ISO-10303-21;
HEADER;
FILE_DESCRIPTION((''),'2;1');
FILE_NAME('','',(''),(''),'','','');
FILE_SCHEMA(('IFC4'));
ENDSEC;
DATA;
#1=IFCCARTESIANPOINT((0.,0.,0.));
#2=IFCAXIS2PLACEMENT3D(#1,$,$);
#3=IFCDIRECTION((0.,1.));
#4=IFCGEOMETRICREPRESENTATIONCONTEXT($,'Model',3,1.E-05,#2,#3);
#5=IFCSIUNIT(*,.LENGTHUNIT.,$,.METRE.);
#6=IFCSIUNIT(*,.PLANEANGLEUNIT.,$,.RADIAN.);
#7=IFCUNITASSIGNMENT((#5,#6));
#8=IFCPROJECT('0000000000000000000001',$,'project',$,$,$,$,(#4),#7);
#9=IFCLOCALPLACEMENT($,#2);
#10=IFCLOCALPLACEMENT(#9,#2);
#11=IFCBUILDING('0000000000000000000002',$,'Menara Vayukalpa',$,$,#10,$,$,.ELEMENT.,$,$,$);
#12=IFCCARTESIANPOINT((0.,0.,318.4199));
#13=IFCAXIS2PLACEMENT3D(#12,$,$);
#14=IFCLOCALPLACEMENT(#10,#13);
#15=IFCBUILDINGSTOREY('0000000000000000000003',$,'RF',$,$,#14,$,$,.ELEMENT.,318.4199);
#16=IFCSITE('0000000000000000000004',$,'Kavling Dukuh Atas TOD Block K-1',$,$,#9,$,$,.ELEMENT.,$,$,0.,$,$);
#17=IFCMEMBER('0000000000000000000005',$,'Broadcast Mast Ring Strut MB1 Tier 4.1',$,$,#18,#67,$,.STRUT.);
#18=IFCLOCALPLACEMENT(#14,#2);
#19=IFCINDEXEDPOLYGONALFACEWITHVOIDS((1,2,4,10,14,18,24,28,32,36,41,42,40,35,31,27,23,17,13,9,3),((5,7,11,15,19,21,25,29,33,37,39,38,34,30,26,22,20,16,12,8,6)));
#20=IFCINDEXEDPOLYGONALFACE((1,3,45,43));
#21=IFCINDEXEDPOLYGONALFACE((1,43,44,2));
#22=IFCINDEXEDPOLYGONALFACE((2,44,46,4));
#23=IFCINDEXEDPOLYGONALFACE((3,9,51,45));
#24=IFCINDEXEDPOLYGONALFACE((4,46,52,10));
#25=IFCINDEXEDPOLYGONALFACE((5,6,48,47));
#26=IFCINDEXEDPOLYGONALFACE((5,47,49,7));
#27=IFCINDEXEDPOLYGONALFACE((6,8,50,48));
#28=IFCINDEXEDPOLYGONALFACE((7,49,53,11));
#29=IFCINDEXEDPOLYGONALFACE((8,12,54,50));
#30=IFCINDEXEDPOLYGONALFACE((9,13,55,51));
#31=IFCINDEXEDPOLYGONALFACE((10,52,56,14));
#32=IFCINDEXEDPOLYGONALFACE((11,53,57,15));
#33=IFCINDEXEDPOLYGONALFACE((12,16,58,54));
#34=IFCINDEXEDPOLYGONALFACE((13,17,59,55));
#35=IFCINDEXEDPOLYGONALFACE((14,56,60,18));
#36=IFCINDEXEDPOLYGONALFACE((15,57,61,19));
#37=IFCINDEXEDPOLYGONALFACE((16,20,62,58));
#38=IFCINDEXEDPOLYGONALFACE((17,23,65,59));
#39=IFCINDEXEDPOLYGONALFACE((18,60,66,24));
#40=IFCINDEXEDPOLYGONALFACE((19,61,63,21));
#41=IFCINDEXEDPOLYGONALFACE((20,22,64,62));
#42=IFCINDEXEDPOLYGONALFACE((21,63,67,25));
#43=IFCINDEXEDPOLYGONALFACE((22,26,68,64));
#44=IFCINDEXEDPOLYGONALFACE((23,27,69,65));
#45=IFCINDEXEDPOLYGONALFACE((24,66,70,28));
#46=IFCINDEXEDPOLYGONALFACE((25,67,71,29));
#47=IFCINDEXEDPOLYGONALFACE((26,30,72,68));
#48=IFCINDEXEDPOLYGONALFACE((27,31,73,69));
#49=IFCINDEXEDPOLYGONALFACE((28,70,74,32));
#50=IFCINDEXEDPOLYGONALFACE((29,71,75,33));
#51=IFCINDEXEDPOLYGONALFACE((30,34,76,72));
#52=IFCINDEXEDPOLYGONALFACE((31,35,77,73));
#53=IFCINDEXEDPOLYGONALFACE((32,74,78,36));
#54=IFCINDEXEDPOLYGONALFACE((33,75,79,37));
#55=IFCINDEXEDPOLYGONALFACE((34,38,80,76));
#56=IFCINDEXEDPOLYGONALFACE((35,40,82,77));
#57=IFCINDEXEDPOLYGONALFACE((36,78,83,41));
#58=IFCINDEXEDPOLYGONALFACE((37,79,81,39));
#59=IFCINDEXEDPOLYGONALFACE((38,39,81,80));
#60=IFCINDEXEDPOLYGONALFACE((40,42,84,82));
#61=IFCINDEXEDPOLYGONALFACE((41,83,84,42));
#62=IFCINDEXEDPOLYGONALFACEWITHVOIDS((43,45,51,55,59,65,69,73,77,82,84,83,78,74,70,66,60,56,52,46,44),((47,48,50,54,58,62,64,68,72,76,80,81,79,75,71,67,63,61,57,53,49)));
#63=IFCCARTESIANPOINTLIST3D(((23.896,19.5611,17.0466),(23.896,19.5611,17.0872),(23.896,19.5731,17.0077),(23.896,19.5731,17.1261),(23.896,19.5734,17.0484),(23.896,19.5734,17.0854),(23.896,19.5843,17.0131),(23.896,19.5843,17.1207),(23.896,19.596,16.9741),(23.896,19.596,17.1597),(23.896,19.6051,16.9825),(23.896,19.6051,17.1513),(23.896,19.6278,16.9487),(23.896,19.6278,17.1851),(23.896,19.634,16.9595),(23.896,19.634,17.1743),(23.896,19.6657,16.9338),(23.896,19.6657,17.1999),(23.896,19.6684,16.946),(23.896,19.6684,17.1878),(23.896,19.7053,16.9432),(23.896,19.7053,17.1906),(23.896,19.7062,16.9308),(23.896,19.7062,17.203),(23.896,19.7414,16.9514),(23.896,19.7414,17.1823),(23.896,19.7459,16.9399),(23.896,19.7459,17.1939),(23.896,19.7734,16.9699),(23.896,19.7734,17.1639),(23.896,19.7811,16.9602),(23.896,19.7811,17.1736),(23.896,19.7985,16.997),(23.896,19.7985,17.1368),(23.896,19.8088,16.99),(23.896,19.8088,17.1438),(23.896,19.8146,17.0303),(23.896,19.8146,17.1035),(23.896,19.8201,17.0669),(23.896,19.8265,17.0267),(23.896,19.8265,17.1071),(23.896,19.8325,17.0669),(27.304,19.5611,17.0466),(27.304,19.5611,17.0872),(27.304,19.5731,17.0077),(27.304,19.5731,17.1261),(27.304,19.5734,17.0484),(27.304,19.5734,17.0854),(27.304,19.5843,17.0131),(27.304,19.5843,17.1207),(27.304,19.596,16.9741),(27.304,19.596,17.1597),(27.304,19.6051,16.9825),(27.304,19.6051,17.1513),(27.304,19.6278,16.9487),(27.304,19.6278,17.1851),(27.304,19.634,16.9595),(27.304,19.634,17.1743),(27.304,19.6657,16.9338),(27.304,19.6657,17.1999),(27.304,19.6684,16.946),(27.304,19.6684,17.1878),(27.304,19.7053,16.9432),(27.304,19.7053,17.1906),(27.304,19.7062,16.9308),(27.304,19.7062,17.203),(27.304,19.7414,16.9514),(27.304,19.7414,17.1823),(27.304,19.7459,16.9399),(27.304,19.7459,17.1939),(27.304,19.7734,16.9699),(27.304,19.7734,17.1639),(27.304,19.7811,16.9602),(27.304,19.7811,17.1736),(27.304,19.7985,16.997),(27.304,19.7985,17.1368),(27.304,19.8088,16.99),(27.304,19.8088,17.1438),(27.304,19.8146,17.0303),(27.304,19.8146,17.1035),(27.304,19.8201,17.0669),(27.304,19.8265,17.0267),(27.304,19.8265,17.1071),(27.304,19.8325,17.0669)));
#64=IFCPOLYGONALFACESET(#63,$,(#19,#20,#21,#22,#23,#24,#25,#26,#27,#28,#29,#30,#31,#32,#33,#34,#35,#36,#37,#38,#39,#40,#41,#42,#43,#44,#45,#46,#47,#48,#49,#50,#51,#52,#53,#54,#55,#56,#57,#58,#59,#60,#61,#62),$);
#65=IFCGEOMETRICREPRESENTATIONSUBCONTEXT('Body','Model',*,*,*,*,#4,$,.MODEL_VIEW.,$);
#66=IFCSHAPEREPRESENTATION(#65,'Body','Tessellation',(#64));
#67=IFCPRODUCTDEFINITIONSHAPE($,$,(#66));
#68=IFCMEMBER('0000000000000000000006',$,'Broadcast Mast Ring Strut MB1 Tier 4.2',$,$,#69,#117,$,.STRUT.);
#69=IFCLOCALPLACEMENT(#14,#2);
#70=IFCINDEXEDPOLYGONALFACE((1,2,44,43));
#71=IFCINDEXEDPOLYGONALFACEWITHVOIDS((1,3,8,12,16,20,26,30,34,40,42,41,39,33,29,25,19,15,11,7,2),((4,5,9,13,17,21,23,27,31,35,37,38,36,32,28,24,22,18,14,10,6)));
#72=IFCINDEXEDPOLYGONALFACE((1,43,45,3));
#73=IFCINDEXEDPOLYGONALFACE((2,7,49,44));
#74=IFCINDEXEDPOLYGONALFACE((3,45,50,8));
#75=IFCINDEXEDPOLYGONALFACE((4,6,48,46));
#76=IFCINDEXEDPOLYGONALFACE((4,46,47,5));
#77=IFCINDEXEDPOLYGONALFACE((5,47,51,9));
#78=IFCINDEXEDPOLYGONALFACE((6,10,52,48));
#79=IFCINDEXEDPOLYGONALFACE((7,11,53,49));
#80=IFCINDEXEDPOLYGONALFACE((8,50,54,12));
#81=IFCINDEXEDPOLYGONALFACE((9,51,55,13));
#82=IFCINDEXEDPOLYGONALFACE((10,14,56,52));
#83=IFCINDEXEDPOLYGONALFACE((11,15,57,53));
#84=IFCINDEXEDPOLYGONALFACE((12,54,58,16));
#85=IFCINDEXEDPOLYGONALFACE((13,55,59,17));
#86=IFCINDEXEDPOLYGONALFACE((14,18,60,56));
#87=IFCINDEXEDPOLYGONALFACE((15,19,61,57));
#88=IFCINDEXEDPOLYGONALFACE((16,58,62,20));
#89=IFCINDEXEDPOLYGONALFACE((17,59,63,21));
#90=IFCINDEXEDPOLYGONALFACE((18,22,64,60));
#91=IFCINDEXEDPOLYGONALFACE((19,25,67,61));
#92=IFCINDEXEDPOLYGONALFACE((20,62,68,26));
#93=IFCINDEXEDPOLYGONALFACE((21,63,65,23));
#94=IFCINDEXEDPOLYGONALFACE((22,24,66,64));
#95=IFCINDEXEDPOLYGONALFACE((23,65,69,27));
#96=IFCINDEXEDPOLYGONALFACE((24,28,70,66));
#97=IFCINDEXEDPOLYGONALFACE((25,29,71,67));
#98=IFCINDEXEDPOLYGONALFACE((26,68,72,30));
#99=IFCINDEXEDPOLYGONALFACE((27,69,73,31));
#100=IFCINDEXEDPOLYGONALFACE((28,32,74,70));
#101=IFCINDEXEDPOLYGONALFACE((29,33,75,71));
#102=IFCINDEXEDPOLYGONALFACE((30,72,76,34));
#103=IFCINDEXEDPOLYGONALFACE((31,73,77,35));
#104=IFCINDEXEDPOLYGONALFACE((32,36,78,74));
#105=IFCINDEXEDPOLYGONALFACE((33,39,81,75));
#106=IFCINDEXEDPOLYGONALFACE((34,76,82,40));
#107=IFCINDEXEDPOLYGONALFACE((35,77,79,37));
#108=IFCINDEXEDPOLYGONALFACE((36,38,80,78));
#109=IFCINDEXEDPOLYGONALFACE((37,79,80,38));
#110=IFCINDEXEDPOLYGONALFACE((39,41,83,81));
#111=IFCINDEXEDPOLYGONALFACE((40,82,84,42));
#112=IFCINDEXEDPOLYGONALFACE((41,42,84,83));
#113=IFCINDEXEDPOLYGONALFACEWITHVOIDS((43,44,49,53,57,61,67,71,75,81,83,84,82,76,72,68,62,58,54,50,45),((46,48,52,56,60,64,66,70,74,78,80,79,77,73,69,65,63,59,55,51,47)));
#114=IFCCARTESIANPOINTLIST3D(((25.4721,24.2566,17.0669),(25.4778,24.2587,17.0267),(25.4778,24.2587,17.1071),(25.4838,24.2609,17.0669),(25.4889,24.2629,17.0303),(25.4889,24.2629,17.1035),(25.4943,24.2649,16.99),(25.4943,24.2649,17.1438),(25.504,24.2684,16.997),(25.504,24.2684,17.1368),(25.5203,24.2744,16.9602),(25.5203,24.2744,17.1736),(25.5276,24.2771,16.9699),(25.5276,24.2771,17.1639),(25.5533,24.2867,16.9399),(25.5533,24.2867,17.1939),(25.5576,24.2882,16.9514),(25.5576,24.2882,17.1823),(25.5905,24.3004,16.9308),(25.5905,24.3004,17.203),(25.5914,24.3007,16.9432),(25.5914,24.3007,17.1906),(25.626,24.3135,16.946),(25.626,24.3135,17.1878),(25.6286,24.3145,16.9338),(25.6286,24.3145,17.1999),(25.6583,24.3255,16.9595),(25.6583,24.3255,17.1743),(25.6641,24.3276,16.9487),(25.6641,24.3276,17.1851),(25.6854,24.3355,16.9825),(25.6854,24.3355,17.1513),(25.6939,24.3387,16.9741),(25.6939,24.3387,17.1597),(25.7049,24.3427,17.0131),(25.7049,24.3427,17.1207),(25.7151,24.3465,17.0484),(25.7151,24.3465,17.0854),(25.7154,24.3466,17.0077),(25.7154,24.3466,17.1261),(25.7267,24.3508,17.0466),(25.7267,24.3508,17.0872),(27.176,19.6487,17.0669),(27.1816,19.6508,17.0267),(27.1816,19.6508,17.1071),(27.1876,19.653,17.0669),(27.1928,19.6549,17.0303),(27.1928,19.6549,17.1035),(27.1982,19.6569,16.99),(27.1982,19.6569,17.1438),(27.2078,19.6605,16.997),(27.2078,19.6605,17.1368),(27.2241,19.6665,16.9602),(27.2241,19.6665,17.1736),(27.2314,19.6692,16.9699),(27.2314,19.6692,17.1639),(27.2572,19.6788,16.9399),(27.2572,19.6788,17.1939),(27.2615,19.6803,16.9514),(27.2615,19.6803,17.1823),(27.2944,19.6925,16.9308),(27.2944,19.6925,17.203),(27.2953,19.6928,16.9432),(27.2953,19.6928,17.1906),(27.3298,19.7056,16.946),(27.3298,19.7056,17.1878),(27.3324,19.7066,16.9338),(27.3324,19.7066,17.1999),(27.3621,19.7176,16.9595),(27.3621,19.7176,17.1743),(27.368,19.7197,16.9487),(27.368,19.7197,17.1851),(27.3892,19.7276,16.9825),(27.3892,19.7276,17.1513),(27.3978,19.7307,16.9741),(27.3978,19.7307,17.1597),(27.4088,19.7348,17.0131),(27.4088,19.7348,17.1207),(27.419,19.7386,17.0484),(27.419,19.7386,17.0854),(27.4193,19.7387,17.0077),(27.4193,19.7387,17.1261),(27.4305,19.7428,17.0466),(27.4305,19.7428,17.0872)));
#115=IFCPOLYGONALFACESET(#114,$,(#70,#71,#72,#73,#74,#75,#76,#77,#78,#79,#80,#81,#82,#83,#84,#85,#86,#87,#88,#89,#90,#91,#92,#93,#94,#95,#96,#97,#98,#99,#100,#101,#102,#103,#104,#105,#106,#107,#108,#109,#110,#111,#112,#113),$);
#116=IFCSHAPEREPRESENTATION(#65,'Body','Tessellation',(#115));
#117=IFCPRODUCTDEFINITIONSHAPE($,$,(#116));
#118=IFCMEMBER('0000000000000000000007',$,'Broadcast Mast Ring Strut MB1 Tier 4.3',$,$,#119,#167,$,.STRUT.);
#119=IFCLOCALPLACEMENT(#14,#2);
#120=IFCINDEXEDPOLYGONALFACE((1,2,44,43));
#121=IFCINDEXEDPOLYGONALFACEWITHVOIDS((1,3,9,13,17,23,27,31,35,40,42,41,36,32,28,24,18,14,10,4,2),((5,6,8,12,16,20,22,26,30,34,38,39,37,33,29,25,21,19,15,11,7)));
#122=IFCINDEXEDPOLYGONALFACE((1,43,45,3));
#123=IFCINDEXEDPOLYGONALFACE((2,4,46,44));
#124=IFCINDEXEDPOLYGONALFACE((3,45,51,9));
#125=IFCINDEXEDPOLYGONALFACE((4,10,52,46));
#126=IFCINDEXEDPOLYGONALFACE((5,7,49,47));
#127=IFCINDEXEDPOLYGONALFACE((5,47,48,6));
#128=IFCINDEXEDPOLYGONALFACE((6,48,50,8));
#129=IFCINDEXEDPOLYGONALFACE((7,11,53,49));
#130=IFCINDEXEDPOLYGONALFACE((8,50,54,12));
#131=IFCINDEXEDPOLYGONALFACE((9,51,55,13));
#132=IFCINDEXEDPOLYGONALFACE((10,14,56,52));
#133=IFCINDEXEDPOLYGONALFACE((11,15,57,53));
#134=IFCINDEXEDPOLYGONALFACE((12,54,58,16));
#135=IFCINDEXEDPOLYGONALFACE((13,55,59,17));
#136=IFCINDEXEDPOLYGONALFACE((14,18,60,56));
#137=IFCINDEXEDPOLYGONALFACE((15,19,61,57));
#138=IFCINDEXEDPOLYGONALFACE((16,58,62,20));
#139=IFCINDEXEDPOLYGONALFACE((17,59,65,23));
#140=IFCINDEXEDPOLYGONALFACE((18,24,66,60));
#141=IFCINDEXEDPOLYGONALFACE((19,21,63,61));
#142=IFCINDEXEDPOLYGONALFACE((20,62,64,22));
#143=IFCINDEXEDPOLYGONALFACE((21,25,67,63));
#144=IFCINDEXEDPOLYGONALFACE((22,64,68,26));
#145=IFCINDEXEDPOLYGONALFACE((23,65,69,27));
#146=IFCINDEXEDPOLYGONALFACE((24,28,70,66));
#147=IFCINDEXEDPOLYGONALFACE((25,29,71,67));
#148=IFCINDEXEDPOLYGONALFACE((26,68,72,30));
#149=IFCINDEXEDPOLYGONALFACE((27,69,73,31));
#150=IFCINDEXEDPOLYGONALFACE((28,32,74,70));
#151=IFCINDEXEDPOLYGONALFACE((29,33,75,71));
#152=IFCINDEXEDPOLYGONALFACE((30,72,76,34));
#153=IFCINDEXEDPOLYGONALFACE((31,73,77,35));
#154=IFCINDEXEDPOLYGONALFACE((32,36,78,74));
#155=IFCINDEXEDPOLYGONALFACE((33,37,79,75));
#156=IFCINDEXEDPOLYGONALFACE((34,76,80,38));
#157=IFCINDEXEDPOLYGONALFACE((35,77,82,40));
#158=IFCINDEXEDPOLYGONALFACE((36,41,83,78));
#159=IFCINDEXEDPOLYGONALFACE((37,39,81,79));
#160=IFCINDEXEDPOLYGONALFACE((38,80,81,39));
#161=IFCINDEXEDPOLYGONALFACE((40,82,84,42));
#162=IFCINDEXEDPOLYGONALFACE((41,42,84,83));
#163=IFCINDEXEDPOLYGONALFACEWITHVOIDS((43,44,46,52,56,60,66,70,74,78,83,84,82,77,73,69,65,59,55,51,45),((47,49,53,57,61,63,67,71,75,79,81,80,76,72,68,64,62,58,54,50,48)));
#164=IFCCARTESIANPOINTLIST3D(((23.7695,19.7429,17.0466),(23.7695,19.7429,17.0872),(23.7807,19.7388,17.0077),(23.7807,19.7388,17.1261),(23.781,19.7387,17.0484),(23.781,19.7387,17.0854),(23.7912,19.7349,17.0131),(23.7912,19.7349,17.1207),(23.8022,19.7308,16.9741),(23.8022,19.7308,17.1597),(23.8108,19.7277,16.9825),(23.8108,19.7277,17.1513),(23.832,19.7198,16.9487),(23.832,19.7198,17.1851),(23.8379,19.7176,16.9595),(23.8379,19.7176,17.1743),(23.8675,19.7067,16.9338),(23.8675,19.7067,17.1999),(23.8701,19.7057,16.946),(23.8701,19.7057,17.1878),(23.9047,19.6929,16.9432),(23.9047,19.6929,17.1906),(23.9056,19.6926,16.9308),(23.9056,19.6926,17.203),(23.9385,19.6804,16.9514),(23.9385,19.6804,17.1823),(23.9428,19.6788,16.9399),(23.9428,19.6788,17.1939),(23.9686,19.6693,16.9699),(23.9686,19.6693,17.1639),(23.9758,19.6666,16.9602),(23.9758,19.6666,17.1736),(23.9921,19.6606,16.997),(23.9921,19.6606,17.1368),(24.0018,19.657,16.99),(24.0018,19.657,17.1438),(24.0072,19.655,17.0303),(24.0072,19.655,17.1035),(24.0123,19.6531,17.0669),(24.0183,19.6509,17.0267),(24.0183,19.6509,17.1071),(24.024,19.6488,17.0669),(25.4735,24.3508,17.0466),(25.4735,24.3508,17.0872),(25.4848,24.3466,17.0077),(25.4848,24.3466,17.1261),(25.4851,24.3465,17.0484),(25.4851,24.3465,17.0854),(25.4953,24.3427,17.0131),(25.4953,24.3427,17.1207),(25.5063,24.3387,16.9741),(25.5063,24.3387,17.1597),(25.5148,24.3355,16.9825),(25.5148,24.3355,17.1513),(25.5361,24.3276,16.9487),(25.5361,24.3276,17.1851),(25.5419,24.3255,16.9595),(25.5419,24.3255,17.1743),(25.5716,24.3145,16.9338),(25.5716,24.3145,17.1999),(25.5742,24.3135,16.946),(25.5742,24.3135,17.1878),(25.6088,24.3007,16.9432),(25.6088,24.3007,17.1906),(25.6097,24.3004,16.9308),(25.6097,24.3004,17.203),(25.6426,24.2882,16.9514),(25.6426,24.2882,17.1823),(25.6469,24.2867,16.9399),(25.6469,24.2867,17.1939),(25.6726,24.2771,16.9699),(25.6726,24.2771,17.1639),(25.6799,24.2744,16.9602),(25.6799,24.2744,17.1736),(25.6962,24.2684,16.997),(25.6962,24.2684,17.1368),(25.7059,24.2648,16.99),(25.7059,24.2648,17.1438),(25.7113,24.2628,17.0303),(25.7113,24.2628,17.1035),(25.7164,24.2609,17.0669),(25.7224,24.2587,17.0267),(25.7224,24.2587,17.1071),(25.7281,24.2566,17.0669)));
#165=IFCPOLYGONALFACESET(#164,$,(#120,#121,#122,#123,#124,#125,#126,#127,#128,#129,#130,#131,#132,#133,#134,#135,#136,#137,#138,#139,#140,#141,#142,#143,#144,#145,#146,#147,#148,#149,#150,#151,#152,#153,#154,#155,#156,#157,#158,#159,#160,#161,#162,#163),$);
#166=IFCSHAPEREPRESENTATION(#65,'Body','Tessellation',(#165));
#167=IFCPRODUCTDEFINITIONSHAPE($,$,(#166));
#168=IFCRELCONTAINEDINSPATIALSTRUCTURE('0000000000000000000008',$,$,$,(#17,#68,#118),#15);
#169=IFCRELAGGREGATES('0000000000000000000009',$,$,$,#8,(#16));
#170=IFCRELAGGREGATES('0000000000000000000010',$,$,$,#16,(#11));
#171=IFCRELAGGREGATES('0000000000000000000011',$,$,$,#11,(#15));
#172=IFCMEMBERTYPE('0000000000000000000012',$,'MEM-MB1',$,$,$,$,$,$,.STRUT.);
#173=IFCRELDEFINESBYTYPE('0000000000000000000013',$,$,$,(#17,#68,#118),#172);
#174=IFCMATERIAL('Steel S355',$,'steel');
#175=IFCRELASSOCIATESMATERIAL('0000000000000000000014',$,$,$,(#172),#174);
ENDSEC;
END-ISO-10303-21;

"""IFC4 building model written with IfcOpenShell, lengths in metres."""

from ifc_helpers import new_model, si_unit, direction, frame, origin, origin_2d, place, context, subcontext, project, spatial, hollow_circle, extrude, material, material_profile, profile_set, type_object, element, save


model = new_model("IFC4")

# Units and contexts
model_context = context("Model", 3, precision=1e-05, world=origin(), true_north=direction((0.0, 1.0)))
body_context = subcontext(model_context, "Body", "Model", "MODEL_VIEW")
ifc_project = project(units=[si_unit("LENGTHUNIT", "METRE"), si_unit("PLANEANGLEUNIT", "RADIAN")], contexts=[model_context])

# Site, building, storey
site_placement = place(None, origin())
site = spatial("IfcSite", under=ifc_project, at=site_placement, Name="Kavling Dukuh Atas TOD Block K-1", CompositionType="ELEMENT", RefElevation=0.0)
building_placement = place(site_placement, origin())
building = spatial("IfcBuilding", under=site, at=building_placement, Name="Menara Vayukalpa", CompositionType="ELEMENT")
storey_placement = place(building_placement, frame((0.0, 0.0, 318.4199)))
storey = spatial("IfcBuildingStorey", under=building, at=storey_placement, Name="RF", CompositionType="ELEMENT", Elevation=318.4199)

# Members
ifc_material_1 = material(Name="Steel S355", Category="steel")
ifc_material_profile_1 = material_profile(ifc_material_1, hollow_circle(Radius=0.1365, WallThickness=0.0125, at=origin_2d()), Name="CHS 273.0x12.5")
ifc_profile_set_1 = profile_set([ifc_material_profile_1], Name="Steel S355")
member_type_1 = type_object("IfcMemberType", Name="MEM-MB1", PredefinedType="STRUT", material=ifc_profile_set_1)
member_1_placement = place(storey_placement, frame((23.896, 19.696, 17.0669), z_axis=(1.0, 0.0, 0.0), x_axis=(0.0, 1.0, 0.0)))
element("IfcMember", 1, at=member_1_placement, inside=storey, type_object=member_type_1, Name="Broadcast Mast Ring Strut MB1 Tier 4.1", PredefinedType="STRUT", context=body_context, shape_type="SweptSolid", body=[
    extrude(hollow_circle(Radius=0.1365, WallThickness=0.0125, at=origin_2d()), origin(), (0.0, 0.0, 1.0), 3.408),
])
for number, where, z_axis, x_axis, name in (
    (2, (27.304, 19.696, 17.0669), (-0.346817, 0.937933, 0.0), (-0.937933, -0.346817, 0.0), "Broadcast Mast Ring Strut MB1 Tier 4.2"),
    (3, (25.6001, 24.304, 17.0669), (-0.346861, -0.937916, 0.0), (0.937916, -0.346861, 0.0), "Broadcast Mast Ring Strut MB1 Tier 4.3"),
):
    element("IfcMember", number, at=place(storey_placement, frame(where, z_axis=z_axis, x_axis=x_axis)), inside=storey, type_object=member_type_1, Name=name, PredefinedType="STRUT", context=body_context, shape_type="SweptSolid", body=[
        extrude(hollow_circle(Radius=0.1365, WallThickness=0.0125, at=origin_2d()), origin(), (0.0, 0.0, 1.0), 4.9128),
    ])

save(model, "model.ifc")
